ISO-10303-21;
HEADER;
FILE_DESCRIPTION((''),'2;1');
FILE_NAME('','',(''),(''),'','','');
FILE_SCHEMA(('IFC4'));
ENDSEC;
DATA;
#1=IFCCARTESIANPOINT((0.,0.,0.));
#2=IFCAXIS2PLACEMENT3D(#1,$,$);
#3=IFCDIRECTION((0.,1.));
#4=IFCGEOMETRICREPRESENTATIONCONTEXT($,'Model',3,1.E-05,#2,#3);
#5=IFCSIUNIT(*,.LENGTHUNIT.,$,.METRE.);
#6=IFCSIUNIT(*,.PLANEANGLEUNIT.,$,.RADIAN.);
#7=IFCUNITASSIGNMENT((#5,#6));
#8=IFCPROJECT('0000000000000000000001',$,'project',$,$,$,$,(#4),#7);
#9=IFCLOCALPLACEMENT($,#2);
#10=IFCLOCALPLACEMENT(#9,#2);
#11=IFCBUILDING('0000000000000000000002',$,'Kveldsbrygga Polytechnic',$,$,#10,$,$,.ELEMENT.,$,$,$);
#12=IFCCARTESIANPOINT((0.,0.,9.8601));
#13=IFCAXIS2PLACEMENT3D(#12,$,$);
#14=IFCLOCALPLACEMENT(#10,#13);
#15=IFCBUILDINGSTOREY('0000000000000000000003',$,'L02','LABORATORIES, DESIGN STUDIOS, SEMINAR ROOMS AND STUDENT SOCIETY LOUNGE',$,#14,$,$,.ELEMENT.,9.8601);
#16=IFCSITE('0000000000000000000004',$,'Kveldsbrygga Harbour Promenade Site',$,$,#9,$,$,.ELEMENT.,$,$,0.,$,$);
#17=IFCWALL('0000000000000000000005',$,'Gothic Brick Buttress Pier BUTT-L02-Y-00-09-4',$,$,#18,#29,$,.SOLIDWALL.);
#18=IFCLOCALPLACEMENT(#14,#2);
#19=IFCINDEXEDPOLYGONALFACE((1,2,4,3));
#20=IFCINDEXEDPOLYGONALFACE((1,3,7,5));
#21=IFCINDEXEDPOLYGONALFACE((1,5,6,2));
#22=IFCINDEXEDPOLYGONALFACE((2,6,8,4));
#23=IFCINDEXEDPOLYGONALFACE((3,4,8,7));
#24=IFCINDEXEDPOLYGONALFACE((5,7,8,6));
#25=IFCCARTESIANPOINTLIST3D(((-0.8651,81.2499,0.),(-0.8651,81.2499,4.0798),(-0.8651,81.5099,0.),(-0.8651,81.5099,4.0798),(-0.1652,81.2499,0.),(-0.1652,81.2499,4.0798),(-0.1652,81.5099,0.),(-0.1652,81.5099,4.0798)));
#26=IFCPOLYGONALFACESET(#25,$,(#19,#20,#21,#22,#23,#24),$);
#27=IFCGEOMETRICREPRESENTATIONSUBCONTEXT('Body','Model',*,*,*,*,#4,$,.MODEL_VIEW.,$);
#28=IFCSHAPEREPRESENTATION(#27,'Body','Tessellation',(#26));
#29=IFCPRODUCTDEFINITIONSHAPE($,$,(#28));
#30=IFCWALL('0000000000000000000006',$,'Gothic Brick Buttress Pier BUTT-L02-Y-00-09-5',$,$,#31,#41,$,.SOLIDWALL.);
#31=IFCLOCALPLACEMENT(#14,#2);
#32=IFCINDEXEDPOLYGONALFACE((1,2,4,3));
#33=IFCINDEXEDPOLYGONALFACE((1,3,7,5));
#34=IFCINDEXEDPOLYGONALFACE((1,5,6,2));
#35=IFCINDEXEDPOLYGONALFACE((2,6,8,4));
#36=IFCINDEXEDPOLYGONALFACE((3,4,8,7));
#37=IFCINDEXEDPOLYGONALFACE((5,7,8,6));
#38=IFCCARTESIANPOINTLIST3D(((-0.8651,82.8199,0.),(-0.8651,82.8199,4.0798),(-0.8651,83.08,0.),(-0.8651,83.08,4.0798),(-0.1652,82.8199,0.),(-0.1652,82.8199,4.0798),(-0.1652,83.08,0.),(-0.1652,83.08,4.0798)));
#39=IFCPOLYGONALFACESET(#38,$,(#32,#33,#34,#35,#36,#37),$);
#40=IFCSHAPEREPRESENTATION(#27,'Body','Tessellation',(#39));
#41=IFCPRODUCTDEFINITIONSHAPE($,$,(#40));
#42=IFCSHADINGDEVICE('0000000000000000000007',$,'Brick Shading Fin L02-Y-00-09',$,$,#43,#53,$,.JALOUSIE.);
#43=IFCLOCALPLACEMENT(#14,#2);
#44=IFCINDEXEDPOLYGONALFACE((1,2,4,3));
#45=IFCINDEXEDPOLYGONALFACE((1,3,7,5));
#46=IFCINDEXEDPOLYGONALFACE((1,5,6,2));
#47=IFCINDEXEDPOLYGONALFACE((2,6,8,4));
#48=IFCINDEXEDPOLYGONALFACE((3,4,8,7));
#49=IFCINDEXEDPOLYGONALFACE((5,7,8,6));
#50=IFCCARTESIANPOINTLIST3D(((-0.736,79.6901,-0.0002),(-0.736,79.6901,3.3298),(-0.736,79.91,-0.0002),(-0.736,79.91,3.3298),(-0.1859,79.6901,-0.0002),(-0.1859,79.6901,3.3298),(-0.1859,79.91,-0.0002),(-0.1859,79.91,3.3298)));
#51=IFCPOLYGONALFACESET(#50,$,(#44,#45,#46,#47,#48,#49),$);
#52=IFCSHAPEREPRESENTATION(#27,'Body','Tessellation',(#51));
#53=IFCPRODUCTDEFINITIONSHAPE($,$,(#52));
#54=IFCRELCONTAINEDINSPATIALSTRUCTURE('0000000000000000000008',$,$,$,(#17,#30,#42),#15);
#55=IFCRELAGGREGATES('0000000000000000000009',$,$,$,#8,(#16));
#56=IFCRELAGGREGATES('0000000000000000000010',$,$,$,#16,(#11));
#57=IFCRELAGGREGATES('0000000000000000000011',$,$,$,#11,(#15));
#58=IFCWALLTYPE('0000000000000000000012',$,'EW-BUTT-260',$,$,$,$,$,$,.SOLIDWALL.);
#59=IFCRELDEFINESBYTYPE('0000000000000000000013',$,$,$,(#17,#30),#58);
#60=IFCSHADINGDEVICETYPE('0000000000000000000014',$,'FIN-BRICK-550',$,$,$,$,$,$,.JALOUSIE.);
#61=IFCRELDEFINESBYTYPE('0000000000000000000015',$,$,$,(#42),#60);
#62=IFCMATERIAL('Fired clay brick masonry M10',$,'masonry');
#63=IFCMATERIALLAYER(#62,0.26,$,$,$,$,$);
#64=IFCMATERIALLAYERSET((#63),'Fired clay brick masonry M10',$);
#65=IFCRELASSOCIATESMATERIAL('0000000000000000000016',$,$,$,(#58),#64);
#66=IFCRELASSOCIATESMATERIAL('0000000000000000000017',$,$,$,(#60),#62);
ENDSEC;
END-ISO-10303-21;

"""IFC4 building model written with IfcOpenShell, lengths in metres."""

from ifc_helpers import new_model, si_unit, direction, frame, frame_2d, origin, origin_2d, place, context, subcontext, project, spatial, rectangle, extrude, material, layer, layer_set, type_object, element, save


model = new_model("IFC4")

# Units and contexts
model_context = context("Model", 3, precision=1e-05, world=origin(), true_north=direction((0.0, 1.0)))
body_context = subcontext(model_context, "Body", "Model", "MODEL_VIEW")
ifc_project = project(units=[si_unit("LENGTHUNIT", "METRE"), si_unit("PLANEANGLEUNIT", "RADIAN")], contexts=[model_context])

# Site, building, storey
site_placement = place(None, origin())
site = spatial("IfcSite", under=ifc_project, at=site_placement, Name="Kveldsbrygga Harbour Promenade Site", CompositionType="ELEMENT", RefElevation=0.0)
building_placement = place(site_placement, origin())
building = spatial("IfcBuilding", under=site, at=building_placement, Name="Kveldsbrygga Polytechnic", CompositionType="ELEMENT")
storey_placement = place(building_placement, frame((0.0, 0.0, 9.8601)))
storey = spatial("IfcBuildingStorey", under=building, at=storey_placement, Name="L02", Description="LABORATORIES, DESIGN STUDIOS, SEMINAR ROOMS AND STUDENT SOCIETY LOUNGE", CompositionType="ELEMENT", Elevation=9.8601)

# Walls
ifc_material_1 = material(Name="Fired clay brick masonry M10", Category="masonry")
ifc_layer_1 = layer(ifc_material_1, 0.26)
ifc_layer_set_1 = layer_set([ifc_layer_1], Name="Fired clay brick masonry M10")
wall_type_1 = type_object("IfcWallType", Name="EW-BUTT-260", PredefinedType="SOLIDWALL", material=ifc_layer_set_1)
for number, where, z_axis, x_axis, name in (
    (1, (-0.165, 81.3799, 0.0), (0.0, 0.0, 1.0), (-1.0, 0.0, 0.0), "Gothic Brick Buttress Pier BUTT-L02-Y-00-09-4"),
    (2, (-0.165, 82.95, 0.0), (0.0, 0.0, 1.0), (-1.0, 0.0, 0.0), "Gothic Brick Buttress Pier BUTT-L02-Y-00-09-5"),
):
    element("IfcWall", number, at=place(storey_placement, frame(where, z_axis=z_axis, x_axis=x_axis)), inside=storey, type_object=wall_type_1, Name=name, PredefinedType="SOLIDWALL", context=body_context, shape_type="SweptSolid", body=[
        extrude(rectangle(XDim=0.7, YDim=0.26, at=frame_2d((0.3501, 0.0))), origin(), (0.0, 0.0, 1.0), 4.0798),
    ])

# Shading device
shading_device_type = type_object("IfcShadingDeviceType", Name="FIN-BRICK-550", PredefinedType="JALOUSIE", material=ifc_material_1)
shading_device_placement = place(storey_placement, frame((-0.4609, 79.8, -0.0002), z_axis=(0.0, 0.0, 1.0), x_axis=(0.0, 1.0, 0.0)))
element("IfcShadingDevice", 3, at=shading_device_placement, inside=storey, type_object=shading_device_type, Name="Brick Shading Fin L02-Y-00-09", PredefinedType="JALOUSIE", context=body_context, shape_type="SweptSolid", body=[
    extrude(rectangle(XDim=0.22, YDim=0.55, at=origin_2d()), origin(), (0.0, 0.0, 1.0), 3.3301),
])

save(model, "model.ifc")
